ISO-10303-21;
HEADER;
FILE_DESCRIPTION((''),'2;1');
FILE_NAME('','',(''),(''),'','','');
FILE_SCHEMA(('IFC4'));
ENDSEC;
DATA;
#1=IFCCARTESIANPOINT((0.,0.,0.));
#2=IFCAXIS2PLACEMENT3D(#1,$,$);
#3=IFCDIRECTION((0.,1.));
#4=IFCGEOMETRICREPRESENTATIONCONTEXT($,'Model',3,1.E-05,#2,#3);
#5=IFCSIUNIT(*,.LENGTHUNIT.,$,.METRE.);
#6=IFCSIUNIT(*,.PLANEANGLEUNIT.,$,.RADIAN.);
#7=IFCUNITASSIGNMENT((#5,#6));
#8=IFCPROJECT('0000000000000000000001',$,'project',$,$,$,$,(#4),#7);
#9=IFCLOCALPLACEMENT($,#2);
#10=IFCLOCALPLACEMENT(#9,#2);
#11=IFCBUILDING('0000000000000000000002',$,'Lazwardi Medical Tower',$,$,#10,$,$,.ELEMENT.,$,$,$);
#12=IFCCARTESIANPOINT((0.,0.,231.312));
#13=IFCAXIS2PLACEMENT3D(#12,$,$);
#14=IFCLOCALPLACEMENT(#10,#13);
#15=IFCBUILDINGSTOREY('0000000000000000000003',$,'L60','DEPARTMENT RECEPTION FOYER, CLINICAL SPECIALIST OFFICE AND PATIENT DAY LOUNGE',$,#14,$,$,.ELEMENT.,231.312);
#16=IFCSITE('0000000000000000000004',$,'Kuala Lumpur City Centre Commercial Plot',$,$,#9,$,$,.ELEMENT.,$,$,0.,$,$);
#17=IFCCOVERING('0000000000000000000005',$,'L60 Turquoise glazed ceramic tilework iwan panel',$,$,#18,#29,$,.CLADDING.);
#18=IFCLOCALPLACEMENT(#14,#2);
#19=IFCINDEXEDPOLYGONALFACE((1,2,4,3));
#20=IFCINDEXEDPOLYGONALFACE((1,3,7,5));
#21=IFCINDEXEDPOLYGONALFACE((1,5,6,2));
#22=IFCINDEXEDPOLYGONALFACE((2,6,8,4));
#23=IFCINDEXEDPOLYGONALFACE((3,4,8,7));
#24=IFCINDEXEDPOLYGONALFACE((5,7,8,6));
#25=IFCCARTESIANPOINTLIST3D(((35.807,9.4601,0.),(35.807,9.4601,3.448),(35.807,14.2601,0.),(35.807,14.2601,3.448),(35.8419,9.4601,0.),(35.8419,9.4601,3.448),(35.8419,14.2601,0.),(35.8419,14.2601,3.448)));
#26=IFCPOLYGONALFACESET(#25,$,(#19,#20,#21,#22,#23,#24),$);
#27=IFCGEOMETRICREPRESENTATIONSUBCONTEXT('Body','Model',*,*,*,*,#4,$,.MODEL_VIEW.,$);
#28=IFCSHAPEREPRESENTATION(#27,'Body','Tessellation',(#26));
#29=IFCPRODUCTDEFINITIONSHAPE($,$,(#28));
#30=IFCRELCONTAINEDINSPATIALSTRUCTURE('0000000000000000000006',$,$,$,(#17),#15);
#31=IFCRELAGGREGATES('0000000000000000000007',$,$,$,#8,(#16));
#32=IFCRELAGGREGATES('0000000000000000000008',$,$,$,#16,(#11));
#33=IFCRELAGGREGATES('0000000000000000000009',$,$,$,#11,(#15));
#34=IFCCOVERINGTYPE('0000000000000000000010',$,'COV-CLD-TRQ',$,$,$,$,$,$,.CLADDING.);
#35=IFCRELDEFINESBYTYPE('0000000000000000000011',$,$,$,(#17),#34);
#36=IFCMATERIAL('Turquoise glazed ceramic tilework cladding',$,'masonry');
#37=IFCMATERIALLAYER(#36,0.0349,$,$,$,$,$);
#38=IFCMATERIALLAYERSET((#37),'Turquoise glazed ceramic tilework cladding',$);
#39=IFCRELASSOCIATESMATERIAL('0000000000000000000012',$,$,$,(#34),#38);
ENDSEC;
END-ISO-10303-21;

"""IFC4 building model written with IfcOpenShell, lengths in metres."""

from ifc_helpers import new_model, si_unit, direction, frame, origin, origin_2d, place, context, subcontext, project, spatial, rectangle, extrude, material, layer, layer_set, type_object, element, save


model = new_model("IFC4")

# Units and contexts
model_context = context("Model", 3, precision=1e-05, world=origin(), true_north=direction((0.0, 1.0)))
body_context = subcontext(model_context, "Body", "Model", "MODEL_VIEW")
ifc_project = project(units=[si_unit("LENGTHUNIT", "METRE"), si_unit("PLANEANGLEUNIT", "RADIAN")], contexts=[model_context])

# Site, building, storey
site_placement = place(None, origin())
site = spatial("IfcSite", under=ifc_project, at=site_placement, Name="Kuala Lumpur City Centre Commercial Plot", CompositionType="ELEMENT", RefElevation=0.0)
building_placement = place(site_placement, origin())
building = spatial("IfcBuilding", under=site, at=building_placement, Name="Lazwardi Medical Tower", CompositionType="ELEMENT")
storey_placement = place(building_placement, frame((0.0, 0.0, 231.312)))
storey = spatial("IfcBuildingStorey", under=building, at=storey_placement, Name="L60", Description="DEPARTMENT RECEPTION FOYER, CLINICAL SPECIALIST OFFICE AND PATIENT DAY LOUNGE", CompositionType="ELEMENT", Elevation=231.312)

# Covering
ifc_material_1 = material(Name="Turquoise glazed ceramic tilework cladding", Category="masonry")
ifc_layer_1 = layer(ifc_material_1, 0.0349)
ifc_layer_set_1 = layer_set([ifc_layer_1], Name="Turquoise glazed ceramic tilework cladding")
covering_type_1 = type_object("IfcCoveringType", Name="COV-CLD-TRQ", PredefinedType="CLADDING", material=ifc_layer_set_1)
covering_1_placement = place(storey_placement, frame((35.8245, 11.8601, 0.0), z_axis=(0.0, 0.0, 1.0), x_axis=(0.0, 1.0, 0.0)))
element("IfcCovering", 1, at=covering_1_placement, inside=storey, type_object=covering_type_1, Name="L60 Turquoise glazed ceramic tilework iwan panel", PredefinedType="CLADDING", context=body_context, shape_type="SweptSolid", body=[
    extrude(rectangle(XDim=4.8, YDim=0.0349, at=origin_2d()), origin(), (0.0, 0.0, 1.0), 3.448),
])

save(model, "model.ifc")
